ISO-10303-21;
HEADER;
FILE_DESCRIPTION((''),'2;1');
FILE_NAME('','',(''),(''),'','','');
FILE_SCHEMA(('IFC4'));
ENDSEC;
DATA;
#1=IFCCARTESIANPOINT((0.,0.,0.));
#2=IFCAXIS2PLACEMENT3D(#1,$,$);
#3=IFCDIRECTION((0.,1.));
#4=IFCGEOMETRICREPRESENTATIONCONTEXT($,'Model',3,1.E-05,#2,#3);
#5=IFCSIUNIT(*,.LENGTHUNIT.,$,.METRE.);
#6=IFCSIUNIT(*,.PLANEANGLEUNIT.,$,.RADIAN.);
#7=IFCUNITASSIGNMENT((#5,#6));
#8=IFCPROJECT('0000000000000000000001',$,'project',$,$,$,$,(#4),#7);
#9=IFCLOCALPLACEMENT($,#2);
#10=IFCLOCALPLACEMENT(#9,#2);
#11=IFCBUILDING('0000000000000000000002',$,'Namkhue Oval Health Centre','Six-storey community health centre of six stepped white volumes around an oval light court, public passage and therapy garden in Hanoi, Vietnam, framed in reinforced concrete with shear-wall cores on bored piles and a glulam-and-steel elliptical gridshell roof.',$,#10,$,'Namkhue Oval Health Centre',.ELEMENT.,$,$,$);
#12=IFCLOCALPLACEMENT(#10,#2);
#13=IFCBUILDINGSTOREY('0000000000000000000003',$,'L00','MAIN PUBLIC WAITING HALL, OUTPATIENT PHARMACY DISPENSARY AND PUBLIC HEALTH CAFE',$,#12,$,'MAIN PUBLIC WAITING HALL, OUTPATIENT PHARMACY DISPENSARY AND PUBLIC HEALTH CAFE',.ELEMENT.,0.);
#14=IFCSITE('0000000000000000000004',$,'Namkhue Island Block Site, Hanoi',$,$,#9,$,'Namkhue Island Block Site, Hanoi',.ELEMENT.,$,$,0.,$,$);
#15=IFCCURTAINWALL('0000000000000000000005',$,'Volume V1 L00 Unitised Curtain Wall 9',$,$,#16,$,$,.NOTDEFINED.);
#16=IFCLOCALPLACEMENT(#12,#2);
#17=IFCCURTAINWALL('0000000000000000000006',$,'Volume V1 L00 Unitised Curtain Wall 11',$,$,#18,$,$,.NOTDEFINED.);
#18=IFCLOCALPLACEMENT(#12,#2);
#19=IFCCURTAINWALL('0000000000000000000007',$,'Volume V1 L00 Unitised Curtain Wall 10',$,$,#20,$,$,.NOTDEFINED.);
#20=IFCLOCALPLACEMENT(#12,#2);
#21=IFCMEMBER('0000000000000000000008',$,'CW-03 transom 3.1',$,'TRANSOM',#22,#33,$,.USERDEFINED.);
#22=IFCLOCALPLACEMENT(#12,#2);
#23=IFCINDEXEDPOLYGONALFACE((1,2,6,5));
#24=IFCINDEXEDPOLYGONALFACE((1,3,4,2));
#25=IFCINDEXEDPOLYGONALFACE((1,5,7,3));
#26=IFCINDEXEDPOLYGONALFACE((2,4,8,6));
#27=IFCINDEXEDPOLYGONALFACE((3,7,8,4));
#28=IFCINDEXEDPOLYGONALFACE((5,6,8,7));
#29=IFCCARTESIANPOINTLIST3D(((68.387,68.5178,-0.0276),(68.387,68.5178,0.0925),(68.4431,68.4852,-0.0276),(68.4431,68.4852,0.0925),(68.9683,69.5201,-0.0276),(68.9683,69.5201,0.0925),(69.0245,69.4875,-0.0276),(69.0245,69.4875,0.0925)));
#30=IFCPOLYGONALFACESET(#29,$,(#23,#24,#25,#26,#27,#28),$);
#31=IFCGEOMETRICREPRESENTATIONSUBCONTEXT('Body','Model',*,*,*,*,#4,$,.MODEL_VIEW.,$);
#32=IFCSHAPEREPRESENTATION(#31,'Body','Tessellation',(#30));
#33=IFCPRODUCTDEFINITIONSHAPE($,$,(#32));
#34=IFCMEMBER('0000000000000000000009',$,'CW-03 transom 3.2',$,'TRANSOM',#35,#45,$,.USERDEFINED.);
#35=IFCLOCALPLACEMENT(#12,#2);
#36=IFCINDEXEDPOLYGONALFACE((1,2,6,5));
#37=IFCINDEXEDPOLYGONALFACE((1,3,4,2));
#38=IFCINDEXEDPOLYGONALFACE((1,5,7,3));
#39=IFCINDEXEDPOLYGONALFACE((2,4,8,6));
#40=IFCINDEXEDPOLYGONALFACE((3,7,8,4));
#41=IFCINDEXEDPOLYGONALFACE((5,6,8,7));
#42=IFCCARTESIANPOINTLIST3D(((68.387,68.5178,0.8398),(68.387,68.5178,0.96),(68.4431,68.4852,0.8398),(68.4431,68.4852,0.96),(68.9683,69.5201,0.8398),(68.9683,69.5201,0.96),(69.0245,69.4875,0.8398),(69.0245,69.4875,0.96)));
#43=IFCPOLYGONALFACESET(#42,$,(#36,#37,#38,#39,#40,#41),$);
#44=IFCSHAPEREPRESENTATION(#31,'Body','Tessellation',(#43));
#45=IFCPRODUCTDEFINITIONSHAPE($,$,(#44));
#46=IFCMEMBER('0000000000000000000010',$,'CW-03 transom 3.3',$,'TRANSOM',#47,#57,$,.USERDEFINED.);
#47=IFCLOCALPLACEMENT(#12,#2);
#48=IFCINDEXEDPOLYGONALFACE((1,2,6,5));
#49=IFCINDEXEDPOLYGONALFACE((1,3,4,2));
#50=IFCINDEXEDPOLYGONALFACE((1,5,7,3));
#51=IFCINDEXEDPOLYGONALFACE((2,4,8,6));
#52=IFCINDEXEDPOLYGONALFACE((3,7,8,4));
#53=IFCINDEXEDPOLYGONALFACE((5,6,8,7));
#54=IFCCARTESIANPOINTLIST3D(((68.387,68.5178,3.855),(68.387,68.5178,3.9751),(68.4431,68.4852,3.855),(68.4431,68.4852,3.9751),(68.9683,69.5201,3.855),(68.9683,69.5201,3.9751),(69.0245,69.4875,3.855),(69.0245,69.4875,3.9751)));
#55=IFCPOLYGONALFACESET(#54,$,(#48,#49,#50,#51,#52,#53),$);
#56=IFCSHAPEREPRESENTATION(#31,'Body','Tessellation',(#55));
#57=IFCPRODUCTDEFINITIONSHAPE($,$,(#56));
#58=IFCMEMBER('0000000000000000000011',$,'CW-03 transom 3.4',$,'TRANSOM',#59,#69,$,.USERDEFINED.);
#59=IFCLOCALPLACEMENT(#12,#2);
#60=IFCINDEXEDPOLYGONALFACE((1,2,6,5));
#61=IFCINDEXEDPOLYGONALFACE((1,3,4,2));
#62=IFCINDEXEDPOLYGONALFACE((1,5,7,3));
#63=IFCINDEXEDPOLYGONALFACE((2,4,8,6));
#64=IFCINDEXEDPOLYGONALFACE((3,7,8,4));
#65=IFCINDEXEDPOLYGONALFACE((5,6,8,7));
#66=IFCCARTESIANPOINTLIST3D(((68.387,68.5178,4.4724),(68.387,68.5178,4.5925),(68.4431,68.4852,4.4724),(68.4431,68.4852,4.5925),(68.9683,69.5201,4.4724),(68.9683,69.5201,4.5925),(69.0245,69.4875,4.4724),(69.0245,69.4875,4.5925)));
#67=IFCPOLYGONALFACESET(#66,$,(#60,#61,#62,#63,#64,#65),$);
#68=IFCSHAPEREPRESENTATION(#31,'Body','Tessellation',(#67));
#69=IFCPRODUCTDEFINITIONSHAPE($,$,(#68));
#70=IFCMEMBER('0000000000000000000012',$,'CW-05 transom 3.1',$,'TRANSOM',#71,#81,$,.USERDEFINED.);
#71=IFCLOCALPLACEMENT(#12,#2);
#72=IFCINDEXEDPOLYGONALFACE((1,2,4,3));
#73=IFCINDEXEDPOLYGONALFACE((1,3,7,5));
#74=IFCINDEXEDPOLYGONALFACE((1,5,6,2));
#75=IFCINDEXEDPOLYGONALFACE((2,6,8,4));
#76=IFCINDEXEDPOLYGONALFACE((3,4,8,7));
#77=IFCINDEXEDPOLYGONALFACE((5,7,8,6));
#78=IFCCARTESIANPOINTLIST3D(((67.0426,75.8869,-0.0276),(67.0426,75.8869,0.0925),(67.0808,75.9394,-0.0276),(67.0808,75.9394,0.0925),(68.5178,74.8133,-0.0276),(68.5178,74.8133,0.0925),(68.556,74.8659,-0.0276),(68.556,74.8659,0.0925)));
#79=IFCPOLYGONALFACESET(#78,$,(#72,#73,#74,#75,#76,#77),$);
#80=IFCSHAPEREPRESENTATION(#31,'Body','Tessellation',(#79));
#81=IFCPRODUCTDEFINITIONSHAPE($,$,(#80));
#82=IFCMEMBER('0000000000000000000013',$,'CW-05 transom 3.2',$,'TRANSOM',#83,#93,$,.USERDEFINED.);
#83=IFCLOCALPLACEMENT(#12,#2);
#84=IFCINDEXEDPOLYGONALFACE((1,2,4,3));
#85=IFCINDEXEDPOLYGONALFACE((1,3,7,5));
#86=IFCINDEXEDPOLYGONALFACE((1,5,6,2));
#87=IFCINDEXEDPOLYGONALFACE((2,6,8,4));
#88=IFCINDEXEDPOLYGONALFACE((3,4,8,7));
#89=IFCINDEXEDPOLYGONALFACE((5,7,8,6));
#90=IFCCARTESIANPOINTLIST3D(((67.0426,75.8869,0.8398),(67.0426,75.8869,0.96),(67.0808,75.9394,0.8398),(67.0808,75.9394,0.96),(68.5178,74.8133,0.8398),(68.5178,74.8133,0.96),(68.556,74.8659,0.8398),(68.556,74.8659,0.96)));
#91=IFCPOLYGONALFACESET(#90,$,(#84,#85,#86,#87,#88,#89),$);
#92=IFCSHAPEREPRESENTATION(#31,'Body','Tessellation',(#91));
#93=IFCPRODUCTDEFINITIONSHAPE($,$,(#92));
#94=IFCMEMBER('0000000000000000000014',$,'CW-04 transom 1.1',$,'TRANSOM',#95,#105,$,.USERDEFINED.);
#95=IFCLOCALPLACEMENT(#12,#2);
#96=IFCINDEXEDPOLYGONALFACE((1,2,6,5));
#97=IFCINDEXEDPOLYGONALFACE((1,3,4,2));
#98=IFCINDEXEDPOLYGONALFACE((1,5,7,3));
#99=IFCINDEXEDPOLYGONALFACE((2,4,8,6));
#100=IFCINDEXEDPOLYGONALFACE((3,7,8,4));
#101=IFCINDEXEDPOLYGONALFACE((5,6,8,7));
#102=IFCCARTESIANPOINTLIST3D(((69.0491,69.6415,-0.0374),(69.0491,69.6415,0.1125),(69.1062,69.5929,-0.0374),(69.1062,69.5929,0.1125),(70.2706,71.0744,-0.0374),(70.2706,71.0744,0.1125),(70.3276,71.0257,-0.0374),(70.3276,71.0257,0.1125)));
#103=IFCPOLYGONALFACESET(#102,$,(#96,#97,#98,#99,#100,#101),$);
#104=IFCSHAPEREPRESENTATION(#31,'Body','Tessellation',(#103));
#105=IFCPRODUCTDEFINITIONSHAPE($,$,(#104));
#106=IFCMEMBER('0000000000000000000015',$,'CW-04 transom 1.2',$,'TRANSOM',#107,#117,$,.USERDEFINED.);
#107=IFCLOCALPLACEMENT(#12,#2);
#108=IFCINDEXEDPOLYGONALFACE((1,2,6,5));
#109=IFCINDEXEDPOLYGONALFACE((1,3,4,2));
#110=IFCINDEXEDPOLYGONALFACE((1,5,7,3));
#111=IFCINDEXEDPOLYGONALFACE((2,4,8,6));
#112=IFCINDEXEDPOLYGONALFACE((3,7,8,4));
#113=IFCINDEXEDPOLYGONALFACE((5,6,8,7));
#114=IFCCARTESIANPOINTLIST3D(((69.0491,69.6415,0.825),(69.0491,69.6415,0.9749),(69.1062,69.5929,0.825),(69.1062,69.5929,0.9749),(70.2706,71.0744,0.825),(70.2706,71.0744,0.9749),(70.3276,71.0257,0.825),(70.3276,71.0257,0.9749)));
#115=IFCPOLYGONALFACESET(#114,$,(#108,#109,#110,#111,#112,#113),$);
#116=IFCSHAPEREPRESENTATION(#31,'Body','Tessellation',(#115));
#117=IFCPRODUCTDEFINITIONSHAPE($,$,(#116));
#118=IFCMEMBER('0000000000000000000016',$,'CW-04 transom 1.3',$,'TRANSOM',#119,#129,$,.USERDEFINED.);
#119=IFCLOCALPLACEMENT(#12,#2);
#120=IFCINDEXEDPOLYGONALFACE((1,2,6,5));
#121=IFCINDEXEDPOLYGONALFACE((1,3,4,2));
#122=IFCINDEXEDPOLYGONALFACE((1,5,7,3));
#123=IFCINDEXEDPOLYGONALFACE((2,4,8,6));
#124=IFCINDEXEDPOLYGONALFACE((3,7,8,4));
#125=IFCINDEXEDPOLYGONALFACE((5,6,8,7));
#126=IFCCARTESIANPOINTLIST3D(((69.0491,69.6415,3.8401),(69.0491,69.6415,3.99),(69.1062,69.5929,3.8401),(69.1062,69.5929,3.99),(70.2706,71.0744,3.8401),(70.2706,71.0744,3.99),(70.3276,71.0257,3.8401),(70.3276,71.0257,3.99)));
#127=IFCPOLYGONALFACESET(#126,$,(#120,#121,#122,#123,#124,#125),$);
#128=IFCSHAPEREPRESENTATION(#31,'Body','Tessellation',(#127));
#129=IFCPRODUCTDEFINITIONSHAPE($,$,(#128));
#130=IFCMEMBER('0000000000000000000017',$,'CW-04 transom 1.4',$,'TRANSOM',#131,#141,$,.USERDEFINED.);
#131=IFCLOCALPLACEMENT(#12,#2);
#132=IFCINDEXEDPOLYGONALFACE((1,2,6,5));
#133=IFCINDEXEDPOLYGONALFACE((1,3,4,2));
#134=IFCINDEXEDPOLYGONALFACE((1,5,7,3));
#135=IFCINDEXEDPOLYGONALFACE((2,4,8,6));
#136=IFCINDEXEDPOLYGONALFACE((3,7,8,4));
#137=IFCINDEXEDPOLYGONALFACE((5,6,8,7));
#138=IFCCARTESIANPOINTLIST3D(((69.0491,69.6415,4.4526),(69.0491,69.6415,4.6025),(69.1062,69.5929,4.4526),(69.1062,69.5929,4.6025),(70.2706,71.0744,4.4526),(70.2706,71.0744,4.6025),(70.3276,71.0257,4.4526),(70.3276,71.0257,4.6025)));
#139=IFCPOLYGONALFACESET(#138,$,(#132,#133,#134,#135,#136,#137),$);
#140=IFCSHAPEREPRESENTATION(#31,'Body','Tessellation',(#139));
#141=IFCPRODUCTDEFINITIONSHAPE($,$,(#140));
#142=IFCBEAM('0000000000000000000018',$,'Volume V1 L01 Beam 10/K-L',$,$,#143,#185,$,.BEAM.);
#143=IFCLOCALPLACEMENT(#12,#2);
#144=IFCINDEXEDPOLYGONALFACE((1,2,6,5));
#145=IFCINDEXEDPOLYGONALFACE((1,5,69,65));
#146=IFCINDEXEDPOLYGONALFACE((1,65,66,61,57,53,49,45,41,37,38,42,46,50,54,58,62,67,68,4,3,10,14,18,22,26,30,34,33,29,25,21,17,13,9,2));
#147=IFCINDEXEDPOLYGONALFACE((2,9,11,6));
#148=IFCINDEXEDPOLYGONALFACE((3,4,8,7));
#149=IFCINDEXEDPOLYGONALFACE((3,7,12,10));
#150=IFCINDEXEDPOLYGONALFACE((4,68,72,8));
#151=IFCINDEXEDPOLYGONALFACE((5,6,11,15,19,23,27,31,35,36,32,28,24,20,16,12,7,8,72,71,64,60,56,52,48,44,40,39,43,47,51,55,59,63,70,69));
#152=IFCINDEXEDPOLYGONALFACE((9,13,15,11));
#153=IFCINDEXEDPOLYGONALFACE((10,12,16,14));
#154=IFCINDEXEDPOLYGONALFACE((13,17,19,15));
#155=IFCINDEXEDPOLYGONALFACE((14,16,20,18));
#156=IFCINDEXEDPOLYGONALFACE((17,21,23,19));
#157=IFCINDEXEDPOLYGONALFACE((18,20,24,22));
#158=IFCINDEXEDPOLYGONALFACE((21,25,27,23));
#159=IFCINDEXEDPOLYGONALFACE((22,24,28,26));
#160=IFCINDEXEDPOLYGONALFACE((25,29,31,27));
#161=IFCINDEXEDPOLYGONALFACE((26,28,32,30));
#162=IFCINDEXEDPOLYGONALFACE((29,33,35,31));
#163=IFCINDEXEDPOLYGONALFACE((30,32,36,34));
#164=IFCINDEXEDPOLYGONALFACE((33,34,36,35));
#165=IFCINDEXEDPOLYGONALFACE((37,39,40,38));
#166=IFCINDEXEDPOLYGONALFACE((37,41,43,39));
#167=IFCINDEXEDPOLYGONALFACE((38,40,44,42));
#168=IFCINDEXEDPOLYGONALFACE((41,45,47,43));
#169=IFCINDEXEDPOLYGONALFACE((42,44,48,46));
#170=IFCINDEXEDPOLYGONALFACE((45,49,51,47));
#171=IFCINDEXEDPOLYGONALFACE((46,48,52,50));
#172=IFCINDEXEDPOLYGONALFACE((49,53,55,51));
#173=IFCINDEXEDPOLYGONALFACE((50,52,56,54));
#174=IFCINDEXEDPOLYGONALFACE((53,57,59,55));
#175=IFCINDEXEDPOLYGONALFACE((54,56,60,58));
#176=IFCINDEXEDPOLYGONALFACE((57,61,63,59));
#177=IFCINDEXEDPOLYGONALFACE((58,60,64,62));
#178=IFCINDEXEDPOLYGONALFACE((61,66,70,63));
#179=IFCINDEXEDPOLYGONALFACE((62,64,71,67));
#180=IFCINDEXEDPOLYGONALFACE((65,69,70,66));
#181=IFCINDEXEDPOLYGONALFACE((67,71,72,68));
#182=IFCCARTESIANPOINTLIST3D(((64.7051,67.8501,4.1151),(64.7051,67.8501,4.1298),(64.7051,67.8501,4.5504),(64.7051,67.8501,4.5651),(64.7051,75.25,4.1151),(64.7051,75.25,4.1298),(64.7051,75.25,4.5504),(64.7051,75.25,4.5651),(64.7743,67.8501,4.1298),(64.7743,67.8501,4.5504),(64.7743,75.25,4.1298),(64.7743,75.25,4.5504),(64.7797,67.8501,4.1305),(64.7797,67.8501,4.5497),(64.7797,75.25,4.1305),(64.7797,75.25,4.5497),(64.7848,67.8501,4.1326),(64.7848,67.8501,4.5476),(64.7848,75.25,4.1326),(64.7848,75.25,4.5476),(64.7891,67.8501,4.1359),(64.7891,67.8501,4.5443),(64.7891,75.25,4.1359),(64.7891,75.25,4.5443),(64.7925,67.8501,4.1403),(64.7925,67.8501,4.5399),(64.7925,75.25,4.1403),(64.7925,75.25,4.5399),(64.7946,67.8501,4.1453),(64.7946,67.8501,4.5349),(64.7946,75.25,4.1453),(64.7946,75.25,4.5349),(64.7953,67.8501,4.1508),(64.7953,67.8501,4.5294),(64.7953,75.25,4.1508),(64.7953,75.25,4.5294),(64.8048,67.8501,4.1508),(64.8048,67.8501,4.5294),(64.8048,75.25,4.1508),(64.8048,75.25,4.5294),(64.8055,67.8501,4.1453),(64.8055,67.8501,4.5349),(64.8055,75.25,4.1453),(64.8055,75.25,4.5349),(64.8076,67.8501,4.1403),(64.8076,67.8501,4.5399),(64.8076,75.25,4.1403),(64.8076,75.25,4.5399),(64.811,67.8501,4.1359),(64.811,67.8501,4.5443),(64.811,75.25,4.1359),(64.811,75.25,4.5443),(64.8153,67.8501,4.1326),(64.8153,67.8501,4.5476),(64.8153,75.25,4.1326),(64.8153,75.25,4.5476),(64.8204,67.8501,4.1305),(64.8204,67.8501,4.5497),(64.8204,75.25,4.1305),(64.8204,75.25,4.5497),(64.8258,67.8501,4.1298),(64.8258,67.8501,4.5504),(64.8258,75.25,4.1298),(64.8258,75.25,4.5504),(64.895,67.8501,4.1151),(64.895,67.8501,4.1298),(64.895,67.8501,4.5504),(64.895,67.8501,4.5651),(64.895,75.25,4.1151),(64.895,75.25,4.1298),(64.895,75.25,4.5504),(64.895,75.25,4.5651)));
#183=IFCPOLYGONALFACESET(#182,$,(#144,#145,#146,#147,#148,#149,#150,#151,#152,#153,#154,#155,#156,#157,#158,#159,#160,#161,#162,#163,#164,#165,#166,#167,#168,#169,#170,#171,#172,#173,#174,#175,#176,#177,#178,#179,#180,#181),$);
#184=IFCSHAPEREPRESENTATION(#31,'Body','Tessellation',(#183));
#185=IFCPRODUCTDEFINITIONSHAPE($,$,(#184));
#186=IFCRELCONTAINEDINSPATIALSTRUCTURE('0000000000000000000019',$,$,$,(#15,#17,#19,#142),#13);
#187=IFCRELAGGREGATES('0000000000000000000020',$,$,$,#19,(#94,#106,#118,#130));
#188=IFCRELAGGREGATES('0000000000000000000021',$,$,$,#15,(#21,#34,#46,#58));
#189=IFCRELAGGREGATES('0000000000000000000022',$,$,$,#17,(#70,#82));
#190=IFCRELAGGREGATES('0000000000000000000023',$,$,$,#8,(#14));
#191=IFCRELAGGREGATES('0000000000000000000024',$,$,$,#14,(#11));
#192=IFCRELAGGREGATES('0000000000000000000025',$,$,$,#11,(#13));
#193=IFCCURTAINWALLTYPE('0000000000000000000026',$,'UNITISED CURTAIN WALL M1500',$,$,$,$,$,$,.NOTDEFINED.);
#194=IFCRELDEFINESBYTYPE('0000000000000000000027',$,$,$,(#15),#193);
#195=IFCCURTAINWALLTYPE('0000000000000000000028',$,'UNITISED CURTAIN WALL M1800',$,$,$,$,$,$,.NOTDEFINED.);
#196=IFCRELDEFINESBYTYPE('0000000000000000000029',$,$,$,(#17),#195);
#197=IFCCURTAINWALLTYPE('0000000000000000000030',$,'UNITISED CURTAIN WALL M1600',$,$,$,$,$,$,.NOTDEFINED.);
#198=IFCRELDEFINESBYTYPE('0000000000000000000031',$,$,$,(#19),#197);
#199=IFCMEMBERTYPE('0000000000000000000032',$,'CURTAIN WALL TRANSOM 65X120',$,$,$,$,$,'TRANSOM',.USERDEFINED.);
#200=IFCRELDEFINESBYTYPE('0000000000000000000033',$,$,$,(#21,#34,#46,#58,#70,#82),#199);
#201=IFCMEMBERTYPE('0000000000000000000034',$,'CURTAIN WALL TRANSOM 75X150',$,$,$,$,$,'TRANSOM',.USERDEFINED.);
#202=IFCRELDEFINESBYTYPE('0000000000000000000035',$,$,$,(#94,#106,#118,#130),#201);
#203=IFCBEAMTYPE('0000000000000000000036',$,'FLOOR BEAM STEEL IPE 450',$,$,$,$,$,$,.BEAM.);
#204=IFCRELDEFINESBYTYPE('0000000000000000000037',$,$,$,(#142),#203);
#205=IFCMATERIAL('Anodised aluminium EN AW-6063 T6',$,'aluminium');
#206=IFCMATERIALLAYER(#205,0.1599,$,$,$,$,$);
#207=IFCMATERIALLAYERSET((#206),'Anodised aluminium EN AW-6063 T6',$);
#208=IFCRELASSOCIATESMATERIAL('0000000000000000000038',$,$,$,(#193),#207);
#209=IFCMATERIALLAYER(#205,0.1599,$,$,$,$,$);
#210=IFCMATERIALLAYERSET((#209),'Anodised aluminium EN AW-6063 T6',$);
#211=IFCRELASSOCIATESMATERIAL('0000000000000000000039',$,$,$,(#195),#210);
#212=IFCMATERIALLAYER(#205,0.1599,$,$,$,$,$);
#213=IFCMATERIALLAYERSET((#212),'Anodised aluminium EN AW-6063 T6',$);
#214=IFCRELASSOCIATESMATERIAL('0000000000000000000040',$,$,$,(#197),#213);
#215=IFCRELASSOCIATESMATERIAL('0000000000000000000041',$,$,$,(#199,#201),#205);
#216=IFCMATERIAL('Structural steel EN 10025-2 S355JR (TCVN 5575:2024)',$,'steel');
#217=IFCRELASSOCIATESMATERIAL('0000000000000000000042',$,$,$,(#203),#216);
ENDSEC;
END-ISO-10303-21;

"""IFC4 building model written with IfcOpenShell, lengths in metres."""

from ifc_helpers import new_model, si_unit, direction, frame, origin, origin_2d, place, context, subcontext, project, spatial, rectangle, i_section, extrude, material, layer, layer_set, material_profile, profile_set, type_object, element, aggregate, save


model = new_model("IFC4")

# Units and contexts
model_context = context("Model", 3, precision=1e-05, world=origin(), true_north=direction((0.0, 1.0)))
body_context = subcontext(model_context, "Body", "Model", "MODEL_VIEW")
ifc_project = project(units=[si_unit("LENGTHUNIT", "METRE"), si_unit("PLANEANGLEUNIT", "RADIAN")], contexts=[model_context])

# Site, building, storey
site_placement = place(None, origin())
site = spatial("IfcSite", under=ifc_project, at=site_placement, Name="Namkhue Island Block Site, Hanoi", LongName="Namkhue Island Block Site, Hanoi", CompositionType="ELEMENT", RefElevation=0.0)
building_placement = place(site_placement, origin())
building = spatial("IfcBuilding", under=site, at=building_placement, Name="Namkhue Oval Health Centre", Description="Six-storey community health centre of six stepped white volumes around an oval light court, public passage and therapy garden in Hanoi, Vietnam, framed in reinforced concrete with shear-wall cores on bored piles and a glulam-and-steel elliptical gridshell roof.", LongName="Namkhue Oval Health Centre", CompositionType="ELEMENT")
storey_placement = place(building_placement, origin())
storey = spatial("IfcBuildingStorey", under=building, at=storey_placement, Name="L00", Description="MAIN PUBLIC WAITING HALL, OUTPATIENT PHARMACY DISPENSARY AND PUBLIC HEALTH CAFE", LongName="MAIN PUBLIC WAITING HALL, OUTPATIENT PHARMACY DISPENSARY AND PUBLIC HEALTH CAFE", CompositionType="ELEMENT", Elevation=0.0)

# Curtain wall
ifc_material_1 = material(Name="Anodised aluminium EN AW-6063 T6", Category="aluminium")
ifc_layer_1 = layer(ifc_material_1, 0.1599)
ifc_layer_set_1 = layer_set([ifc_layer_1], Name="Anodised aluminium EN AW-6063 T6")
curtain_wall_type_1 = type_object("IfcCurtainWallType", Name="UNITISED CURTAIN WALL M1500", PredefinedType="NOTDEFINED", material=ifc_layer_set_1)
curtain_wall_1_placement = place(storey_placement, origin())
curtain_wall_1 = element("IfcCurtainWall", 1, at=curtain_wall_1_placement, inside=storey, type_object=curtain_wall_type_1, Name="Volume V1 L00 Unitised Curtain Wall 9", PredefinedType="NOTDEFINED")

# Curtain walls
ifc_layer_2 = layer(ifc_material_1, 0.1599)
ifc_layer_set_2 = layer_set([ifc_layer_2], Name="Anodised aluminium EN AW-6063 T6")
curtain_wall_type_2 = type_object("IfcCurtainWallType", Name="UNITISED CURTAIN WALL M1800", PredefinedType="NOTDEFINED", material=ifc_layer_set_2)
curtain_wall_2_placement = place(storey_placement, origin())
curtain_wall_2 = element("IfcCurtainWall", 2, at=curtain_wall_2_placement, inside=storey, type_object=curtain_wall_type_2, Name="Volume V1 L00 Unitised Curtain Wall 11", PredefinedType="NOTDEFINED")
ifc_layer_3 = layer(ifc_material_1, 0.1599)
ifc_layer_set_3 = layer_set([ifc_layer_3], Name="Anodised aluminium EN AW-6063 T6")
curtain_wall_type_3 = type_object("IfcCurtainWallType", Name="UNITISED CURTAIN WALL M1600", PredefinedType="NOTDEFINED", material=ifc_layer_set_3)
curtain_wall_3_placement = place(storey_placement, origin())
curtain_wall_3 = element("IfcCurtainWall", 3, at=curtain_wall_3_placement, inside=storey, type_object=curtain_wall_type_3, Name="Volume V1 L00 Unitised Curtain Wall 10", PredefinedType="NOTDEFINED")

# Members
ifc_material_profile_1 = material_profile(ifc_material_1, rectangle(XDim=0.0649, YDim=0.1201, at=origin_2d()), Name="ALU 65x120")
ifc_profile_set_1 = profile_set([ifc_material_profile_1], Name="Anodised aluminium EN AW-6063 T6")
member_type_1 = type_object("IfcMemberType", Name="CURTAIN WALL TRANSOM 65X120", ElementType="TRANSOM", PredefinedType="USERDEFINED", material=ifc_profile_set_1)
member_1_placement = place(storey_placement, frame((68.415, 68.5015, 0.0325), z_axis=(0.501734, 0.865022, 0.0), x_axis=(-0.865022, 0.501734, 0.0)))
member_1 = element("IfcMember", 4, at=member_1_placement, type_object=member_type_1, Name="CW-03 transom 3.1", ObjectType="TRANSOM", PredefinedType="USERDEFINED", context=body_context, shape_type="SweptSolid", body=[
    extrude(rectangle(XDim=0.0649, YDim=0.1201, at=origin_2d()), origin(), (0.0, 0.0, 1.0), 1.1587),
])
member_2_placement = place(storey_placement, frame((68.415, 68.5015, 0.8999), z_axis=(0.501734, 0.865022, 0.0), x_axis=(-0.865022, 0.501734, 0.0)))
member_2 = element("IfcMember", 5, at=member_2_placement, type_object=member_type_1, Name="CW-03 transom 3.2", ObjectType="TRANSOM", PredefinedType="USERDEFINED", context=body_context, shape_type="SweptSolid", body=[
    extrude(rectangle(XDim=0.0649, YDim=0.1201, at=origin_2d()), origin(), (0.0, 0.0, 1.0), 1.1587),
])
member_3_placement = place(storey_placement, frame((68.415, 68.5015, 3.915), z_axis=(0.501734, 0.865022, 0.0), x_axis=(-0.865022, 0.501734, 0.0)))
member_3 = element("IfcMember", 6, at=member_3_placement, type_object=member_type_1, Name="CW-03 transom 3.3", ObjectType="TRANSOM", PredefinedType="USERDEFINED", context=body_context, shape_type="SweptSolid", body=[
    extrude(rectangle(XDim=0.0649, YDim=0.1201, at=origin_2d()), origin(), (0.0, 0.0, 1.0), 1.1587),
])
member_4_placement = place(storey_placement, frame((68.415, 68.5015, 4.5325), z_axis=(0.501734, 0.865022, 0.0), x_axis=(-0.865022, 0.501734, 0.0)))
member_4 = element("IfcMember", 7, at=member_4_placement, type_object=member_type_1, Name="CW-03 transom 3.4", ObjectType="TRANSOM", PredefinedType="USERDEFINED", context=body_context, shape_type="SweptSolid", body=[
    extrude(rectangle(XDim=0.0649, YDim=0.1201, at=origin_2d()), origin(), (0.0, 0.0, 1.0), 1.1587),
])
member_5_placement = place(storey_placement, frame((68.5369, 74.8396, 0.0325), z_axis=(-0.808557, 0.588418, 0.0), x_axis=(-0.588418, -0.808557, 0.0)))
member_5 = element("IfcMember", 8, at=member_5_placement, type_object=member_type_1, Name="CW-05 transom 3.1", ObjectType="TRANSOM", PredefinedType="USERDEFINED", context=body_context, shape_type="SweptSolid", body=[
    extrude(rectangle(XDim=0.0649, YDim=0.1201, at=origin_2d()), origin(), (0.0, 0.0, 1.0), 1.8245),
])
member_6_placement = place(storey_placement, frame((68.5369, 74.8396, 0.8999), z_axis=(-0.808557, 0.588418, 0.0), x_axis=(-0.588418, -0.808557, 0.0)))
member_6 = element("IfcMember", 9, at=member_6_placement, type_object=member_type_1, Name="CW-05 transom 3.2", ObjectType="TRANSOM", PredefinedType="USERDEFINED", context=body_context, shape_type="SweptSolid", body=[
    extrude(rectangle(XDim=0.0649, YDim=0.1201, at=origin_2d()), origin(), (0.0, 0.0, 1.0), 1.8245),
])
ifc_material_profile_2 = material_profile(ifc_material_1, rectangle(XDim=0.075, YDim=0.1499, at=origin_2d()), Name="ALU 75x150")
ifc_profile_set_2 = profile_set([ifc_material_profile_2], Name="Anodised aluminium EN AW-6063 T6")
member_type_2 = type_object("IfcMemberType", Name="CURTAIN WALL TRANSOM 75X150", ElementType="TRANSOM", PredefinedType="USERDEFINED", material=ifc_profile_set_2)
member_7_placement = place(storey_placement, frame((69.0776, 69.6172, 0.0376), z_axis=(0.648728, 0.76102, 0.0), x_axis=(-0.76102, 0.648728, 0.0)))
member_7 = element("IfcMember", 10, at=member_7_placement, type_object=member_type_2, Name="CW-04 transom 1.1", ObjectType="TRANSOM", PredefinedType="USERDEFINED", context=body_context, shape_type="SweptSolid", body=[
    extrude(rectangle(XDim=0.075, YDim=0.1499, at=origin_2d()), origin(), (0.0, 0.0, 1.0), 1.8828),
])
member_8_placement = place(storey_placement, frame((69.0776, 69.6172, 0.8999), z_axis=(0.648728, 0.76102, 0.0), x_axis=(-0.76102, 0.648728, 0.0)))
member_8 = element("IfcMember", 11, at=member_8_placement, type_object=member_type_2, Name="CW-04 transom 1.2", ObjectType="TRANSOM", PredefinedType="USERDEFINED", context=body_context, shape_type="SweptSolid", body=[
    extrude(rectangle(XDim=0.075, YDim=0.1499, at=origin_2d()), origin(), (0.0, 0.0, 1.0), 1.8828),
])
member_9_placement = place(storey_placement, frame((69.0776, 69.6172, 3.915), z_axis=(0.648728, 0.76102, 0.0), x_axis=(-0.76102, 0.648728, 0.0)))
member_9 = element("IfcMember", 12, at=member_9_placement, type_object=member_type_2, Name="CW-04 transom 1.3", ObjectType="TRANSOM", PredefinedType="USERDEFINED", context=body_context, shape_type="SweptSolid", body=[
    extrude(rectangle(XDim=0.075, YDim=0.1499, at=origin_2d()), origin(), (0.0, 0.0, 1.0), 1.8828),
])
member_10_placement = place(storey_placement, frame((69.0776, 69.6172, 4.5276), z_axis=(0.648728, 0.76102, 0.0), x_axis=(-0.76102, 0.648728, 0.0)))
member_10 = element("IfcMember", 13, at=member_10_placement, type_object=member_type_2, Name="CW-04 transom 1.4", ObjectType="TRANSOM", PredefinedType="USERDEFINED", context=body_context, shape_type="SweptSolid", body=[
    extrude(rectangle(XDim=0.075, YDim=0.1499, at=origin_2d()), origin(), (0.0, 0.0, 1.0), 1.8828),
])
aggregate(curtain_wall_3, [member_7, member_8, member_9, member_10])

# Beam
ifc_material_2 = material(Name="Structural steel EN 10025-2 S355JR (TCVN 5575:2024)", Category="steel")
ifc_material_profile_3 = material_profile(ifc_material_2, i_section(OverallWidth=0.1899, OverallDepth=0.45, WebThickness=0.0095, FlangeThickness=0.0146, FilletRadius=0.021, at=origin_2d()), Name="IPE 450")
ifc_profile_set_3 = profile_set([ifc_material_profile_3], Name="Structural steel EN 10025-2 S355JR (TCVN 5575:2024)")
beam_type = type_object("IfcBeamType", Name="FLOOR BEAM STEEL IPE 450", PredefinedType="BEAM", material=ifc_profile_set_3)
beam_placement = place(storey_placement, frame((64.8, 67.8501, 4.3401), z_axis=(0.0, 1.0, 0.0), x_axis=(-1.0, 0.0, 0.0)))
element("IfcBeam", 14, at=beam_placement, inside=storey, type_object=beam_type, Name="Volume V1 L01 Beam 10/K-L", PredefinedType="BEAM", context=body_context, shape_type="SweptSolid", body=[
    extrude(i_section(OverallWidth=0.1899, OverallDepth=0.45, WebThickness=0.0095, FlangeThickness=0.0146, FilletRadius=0.021, at=origin_2d()), origin(), (0.0, 0.0, 1.0), 7.3999),
])

aggregate(curtain_wall_1, [member_1, member_2, member_3, member_4])
aggregate(curtain_wall_2, [member_5, member_6])

save(model, "model.ifc")
